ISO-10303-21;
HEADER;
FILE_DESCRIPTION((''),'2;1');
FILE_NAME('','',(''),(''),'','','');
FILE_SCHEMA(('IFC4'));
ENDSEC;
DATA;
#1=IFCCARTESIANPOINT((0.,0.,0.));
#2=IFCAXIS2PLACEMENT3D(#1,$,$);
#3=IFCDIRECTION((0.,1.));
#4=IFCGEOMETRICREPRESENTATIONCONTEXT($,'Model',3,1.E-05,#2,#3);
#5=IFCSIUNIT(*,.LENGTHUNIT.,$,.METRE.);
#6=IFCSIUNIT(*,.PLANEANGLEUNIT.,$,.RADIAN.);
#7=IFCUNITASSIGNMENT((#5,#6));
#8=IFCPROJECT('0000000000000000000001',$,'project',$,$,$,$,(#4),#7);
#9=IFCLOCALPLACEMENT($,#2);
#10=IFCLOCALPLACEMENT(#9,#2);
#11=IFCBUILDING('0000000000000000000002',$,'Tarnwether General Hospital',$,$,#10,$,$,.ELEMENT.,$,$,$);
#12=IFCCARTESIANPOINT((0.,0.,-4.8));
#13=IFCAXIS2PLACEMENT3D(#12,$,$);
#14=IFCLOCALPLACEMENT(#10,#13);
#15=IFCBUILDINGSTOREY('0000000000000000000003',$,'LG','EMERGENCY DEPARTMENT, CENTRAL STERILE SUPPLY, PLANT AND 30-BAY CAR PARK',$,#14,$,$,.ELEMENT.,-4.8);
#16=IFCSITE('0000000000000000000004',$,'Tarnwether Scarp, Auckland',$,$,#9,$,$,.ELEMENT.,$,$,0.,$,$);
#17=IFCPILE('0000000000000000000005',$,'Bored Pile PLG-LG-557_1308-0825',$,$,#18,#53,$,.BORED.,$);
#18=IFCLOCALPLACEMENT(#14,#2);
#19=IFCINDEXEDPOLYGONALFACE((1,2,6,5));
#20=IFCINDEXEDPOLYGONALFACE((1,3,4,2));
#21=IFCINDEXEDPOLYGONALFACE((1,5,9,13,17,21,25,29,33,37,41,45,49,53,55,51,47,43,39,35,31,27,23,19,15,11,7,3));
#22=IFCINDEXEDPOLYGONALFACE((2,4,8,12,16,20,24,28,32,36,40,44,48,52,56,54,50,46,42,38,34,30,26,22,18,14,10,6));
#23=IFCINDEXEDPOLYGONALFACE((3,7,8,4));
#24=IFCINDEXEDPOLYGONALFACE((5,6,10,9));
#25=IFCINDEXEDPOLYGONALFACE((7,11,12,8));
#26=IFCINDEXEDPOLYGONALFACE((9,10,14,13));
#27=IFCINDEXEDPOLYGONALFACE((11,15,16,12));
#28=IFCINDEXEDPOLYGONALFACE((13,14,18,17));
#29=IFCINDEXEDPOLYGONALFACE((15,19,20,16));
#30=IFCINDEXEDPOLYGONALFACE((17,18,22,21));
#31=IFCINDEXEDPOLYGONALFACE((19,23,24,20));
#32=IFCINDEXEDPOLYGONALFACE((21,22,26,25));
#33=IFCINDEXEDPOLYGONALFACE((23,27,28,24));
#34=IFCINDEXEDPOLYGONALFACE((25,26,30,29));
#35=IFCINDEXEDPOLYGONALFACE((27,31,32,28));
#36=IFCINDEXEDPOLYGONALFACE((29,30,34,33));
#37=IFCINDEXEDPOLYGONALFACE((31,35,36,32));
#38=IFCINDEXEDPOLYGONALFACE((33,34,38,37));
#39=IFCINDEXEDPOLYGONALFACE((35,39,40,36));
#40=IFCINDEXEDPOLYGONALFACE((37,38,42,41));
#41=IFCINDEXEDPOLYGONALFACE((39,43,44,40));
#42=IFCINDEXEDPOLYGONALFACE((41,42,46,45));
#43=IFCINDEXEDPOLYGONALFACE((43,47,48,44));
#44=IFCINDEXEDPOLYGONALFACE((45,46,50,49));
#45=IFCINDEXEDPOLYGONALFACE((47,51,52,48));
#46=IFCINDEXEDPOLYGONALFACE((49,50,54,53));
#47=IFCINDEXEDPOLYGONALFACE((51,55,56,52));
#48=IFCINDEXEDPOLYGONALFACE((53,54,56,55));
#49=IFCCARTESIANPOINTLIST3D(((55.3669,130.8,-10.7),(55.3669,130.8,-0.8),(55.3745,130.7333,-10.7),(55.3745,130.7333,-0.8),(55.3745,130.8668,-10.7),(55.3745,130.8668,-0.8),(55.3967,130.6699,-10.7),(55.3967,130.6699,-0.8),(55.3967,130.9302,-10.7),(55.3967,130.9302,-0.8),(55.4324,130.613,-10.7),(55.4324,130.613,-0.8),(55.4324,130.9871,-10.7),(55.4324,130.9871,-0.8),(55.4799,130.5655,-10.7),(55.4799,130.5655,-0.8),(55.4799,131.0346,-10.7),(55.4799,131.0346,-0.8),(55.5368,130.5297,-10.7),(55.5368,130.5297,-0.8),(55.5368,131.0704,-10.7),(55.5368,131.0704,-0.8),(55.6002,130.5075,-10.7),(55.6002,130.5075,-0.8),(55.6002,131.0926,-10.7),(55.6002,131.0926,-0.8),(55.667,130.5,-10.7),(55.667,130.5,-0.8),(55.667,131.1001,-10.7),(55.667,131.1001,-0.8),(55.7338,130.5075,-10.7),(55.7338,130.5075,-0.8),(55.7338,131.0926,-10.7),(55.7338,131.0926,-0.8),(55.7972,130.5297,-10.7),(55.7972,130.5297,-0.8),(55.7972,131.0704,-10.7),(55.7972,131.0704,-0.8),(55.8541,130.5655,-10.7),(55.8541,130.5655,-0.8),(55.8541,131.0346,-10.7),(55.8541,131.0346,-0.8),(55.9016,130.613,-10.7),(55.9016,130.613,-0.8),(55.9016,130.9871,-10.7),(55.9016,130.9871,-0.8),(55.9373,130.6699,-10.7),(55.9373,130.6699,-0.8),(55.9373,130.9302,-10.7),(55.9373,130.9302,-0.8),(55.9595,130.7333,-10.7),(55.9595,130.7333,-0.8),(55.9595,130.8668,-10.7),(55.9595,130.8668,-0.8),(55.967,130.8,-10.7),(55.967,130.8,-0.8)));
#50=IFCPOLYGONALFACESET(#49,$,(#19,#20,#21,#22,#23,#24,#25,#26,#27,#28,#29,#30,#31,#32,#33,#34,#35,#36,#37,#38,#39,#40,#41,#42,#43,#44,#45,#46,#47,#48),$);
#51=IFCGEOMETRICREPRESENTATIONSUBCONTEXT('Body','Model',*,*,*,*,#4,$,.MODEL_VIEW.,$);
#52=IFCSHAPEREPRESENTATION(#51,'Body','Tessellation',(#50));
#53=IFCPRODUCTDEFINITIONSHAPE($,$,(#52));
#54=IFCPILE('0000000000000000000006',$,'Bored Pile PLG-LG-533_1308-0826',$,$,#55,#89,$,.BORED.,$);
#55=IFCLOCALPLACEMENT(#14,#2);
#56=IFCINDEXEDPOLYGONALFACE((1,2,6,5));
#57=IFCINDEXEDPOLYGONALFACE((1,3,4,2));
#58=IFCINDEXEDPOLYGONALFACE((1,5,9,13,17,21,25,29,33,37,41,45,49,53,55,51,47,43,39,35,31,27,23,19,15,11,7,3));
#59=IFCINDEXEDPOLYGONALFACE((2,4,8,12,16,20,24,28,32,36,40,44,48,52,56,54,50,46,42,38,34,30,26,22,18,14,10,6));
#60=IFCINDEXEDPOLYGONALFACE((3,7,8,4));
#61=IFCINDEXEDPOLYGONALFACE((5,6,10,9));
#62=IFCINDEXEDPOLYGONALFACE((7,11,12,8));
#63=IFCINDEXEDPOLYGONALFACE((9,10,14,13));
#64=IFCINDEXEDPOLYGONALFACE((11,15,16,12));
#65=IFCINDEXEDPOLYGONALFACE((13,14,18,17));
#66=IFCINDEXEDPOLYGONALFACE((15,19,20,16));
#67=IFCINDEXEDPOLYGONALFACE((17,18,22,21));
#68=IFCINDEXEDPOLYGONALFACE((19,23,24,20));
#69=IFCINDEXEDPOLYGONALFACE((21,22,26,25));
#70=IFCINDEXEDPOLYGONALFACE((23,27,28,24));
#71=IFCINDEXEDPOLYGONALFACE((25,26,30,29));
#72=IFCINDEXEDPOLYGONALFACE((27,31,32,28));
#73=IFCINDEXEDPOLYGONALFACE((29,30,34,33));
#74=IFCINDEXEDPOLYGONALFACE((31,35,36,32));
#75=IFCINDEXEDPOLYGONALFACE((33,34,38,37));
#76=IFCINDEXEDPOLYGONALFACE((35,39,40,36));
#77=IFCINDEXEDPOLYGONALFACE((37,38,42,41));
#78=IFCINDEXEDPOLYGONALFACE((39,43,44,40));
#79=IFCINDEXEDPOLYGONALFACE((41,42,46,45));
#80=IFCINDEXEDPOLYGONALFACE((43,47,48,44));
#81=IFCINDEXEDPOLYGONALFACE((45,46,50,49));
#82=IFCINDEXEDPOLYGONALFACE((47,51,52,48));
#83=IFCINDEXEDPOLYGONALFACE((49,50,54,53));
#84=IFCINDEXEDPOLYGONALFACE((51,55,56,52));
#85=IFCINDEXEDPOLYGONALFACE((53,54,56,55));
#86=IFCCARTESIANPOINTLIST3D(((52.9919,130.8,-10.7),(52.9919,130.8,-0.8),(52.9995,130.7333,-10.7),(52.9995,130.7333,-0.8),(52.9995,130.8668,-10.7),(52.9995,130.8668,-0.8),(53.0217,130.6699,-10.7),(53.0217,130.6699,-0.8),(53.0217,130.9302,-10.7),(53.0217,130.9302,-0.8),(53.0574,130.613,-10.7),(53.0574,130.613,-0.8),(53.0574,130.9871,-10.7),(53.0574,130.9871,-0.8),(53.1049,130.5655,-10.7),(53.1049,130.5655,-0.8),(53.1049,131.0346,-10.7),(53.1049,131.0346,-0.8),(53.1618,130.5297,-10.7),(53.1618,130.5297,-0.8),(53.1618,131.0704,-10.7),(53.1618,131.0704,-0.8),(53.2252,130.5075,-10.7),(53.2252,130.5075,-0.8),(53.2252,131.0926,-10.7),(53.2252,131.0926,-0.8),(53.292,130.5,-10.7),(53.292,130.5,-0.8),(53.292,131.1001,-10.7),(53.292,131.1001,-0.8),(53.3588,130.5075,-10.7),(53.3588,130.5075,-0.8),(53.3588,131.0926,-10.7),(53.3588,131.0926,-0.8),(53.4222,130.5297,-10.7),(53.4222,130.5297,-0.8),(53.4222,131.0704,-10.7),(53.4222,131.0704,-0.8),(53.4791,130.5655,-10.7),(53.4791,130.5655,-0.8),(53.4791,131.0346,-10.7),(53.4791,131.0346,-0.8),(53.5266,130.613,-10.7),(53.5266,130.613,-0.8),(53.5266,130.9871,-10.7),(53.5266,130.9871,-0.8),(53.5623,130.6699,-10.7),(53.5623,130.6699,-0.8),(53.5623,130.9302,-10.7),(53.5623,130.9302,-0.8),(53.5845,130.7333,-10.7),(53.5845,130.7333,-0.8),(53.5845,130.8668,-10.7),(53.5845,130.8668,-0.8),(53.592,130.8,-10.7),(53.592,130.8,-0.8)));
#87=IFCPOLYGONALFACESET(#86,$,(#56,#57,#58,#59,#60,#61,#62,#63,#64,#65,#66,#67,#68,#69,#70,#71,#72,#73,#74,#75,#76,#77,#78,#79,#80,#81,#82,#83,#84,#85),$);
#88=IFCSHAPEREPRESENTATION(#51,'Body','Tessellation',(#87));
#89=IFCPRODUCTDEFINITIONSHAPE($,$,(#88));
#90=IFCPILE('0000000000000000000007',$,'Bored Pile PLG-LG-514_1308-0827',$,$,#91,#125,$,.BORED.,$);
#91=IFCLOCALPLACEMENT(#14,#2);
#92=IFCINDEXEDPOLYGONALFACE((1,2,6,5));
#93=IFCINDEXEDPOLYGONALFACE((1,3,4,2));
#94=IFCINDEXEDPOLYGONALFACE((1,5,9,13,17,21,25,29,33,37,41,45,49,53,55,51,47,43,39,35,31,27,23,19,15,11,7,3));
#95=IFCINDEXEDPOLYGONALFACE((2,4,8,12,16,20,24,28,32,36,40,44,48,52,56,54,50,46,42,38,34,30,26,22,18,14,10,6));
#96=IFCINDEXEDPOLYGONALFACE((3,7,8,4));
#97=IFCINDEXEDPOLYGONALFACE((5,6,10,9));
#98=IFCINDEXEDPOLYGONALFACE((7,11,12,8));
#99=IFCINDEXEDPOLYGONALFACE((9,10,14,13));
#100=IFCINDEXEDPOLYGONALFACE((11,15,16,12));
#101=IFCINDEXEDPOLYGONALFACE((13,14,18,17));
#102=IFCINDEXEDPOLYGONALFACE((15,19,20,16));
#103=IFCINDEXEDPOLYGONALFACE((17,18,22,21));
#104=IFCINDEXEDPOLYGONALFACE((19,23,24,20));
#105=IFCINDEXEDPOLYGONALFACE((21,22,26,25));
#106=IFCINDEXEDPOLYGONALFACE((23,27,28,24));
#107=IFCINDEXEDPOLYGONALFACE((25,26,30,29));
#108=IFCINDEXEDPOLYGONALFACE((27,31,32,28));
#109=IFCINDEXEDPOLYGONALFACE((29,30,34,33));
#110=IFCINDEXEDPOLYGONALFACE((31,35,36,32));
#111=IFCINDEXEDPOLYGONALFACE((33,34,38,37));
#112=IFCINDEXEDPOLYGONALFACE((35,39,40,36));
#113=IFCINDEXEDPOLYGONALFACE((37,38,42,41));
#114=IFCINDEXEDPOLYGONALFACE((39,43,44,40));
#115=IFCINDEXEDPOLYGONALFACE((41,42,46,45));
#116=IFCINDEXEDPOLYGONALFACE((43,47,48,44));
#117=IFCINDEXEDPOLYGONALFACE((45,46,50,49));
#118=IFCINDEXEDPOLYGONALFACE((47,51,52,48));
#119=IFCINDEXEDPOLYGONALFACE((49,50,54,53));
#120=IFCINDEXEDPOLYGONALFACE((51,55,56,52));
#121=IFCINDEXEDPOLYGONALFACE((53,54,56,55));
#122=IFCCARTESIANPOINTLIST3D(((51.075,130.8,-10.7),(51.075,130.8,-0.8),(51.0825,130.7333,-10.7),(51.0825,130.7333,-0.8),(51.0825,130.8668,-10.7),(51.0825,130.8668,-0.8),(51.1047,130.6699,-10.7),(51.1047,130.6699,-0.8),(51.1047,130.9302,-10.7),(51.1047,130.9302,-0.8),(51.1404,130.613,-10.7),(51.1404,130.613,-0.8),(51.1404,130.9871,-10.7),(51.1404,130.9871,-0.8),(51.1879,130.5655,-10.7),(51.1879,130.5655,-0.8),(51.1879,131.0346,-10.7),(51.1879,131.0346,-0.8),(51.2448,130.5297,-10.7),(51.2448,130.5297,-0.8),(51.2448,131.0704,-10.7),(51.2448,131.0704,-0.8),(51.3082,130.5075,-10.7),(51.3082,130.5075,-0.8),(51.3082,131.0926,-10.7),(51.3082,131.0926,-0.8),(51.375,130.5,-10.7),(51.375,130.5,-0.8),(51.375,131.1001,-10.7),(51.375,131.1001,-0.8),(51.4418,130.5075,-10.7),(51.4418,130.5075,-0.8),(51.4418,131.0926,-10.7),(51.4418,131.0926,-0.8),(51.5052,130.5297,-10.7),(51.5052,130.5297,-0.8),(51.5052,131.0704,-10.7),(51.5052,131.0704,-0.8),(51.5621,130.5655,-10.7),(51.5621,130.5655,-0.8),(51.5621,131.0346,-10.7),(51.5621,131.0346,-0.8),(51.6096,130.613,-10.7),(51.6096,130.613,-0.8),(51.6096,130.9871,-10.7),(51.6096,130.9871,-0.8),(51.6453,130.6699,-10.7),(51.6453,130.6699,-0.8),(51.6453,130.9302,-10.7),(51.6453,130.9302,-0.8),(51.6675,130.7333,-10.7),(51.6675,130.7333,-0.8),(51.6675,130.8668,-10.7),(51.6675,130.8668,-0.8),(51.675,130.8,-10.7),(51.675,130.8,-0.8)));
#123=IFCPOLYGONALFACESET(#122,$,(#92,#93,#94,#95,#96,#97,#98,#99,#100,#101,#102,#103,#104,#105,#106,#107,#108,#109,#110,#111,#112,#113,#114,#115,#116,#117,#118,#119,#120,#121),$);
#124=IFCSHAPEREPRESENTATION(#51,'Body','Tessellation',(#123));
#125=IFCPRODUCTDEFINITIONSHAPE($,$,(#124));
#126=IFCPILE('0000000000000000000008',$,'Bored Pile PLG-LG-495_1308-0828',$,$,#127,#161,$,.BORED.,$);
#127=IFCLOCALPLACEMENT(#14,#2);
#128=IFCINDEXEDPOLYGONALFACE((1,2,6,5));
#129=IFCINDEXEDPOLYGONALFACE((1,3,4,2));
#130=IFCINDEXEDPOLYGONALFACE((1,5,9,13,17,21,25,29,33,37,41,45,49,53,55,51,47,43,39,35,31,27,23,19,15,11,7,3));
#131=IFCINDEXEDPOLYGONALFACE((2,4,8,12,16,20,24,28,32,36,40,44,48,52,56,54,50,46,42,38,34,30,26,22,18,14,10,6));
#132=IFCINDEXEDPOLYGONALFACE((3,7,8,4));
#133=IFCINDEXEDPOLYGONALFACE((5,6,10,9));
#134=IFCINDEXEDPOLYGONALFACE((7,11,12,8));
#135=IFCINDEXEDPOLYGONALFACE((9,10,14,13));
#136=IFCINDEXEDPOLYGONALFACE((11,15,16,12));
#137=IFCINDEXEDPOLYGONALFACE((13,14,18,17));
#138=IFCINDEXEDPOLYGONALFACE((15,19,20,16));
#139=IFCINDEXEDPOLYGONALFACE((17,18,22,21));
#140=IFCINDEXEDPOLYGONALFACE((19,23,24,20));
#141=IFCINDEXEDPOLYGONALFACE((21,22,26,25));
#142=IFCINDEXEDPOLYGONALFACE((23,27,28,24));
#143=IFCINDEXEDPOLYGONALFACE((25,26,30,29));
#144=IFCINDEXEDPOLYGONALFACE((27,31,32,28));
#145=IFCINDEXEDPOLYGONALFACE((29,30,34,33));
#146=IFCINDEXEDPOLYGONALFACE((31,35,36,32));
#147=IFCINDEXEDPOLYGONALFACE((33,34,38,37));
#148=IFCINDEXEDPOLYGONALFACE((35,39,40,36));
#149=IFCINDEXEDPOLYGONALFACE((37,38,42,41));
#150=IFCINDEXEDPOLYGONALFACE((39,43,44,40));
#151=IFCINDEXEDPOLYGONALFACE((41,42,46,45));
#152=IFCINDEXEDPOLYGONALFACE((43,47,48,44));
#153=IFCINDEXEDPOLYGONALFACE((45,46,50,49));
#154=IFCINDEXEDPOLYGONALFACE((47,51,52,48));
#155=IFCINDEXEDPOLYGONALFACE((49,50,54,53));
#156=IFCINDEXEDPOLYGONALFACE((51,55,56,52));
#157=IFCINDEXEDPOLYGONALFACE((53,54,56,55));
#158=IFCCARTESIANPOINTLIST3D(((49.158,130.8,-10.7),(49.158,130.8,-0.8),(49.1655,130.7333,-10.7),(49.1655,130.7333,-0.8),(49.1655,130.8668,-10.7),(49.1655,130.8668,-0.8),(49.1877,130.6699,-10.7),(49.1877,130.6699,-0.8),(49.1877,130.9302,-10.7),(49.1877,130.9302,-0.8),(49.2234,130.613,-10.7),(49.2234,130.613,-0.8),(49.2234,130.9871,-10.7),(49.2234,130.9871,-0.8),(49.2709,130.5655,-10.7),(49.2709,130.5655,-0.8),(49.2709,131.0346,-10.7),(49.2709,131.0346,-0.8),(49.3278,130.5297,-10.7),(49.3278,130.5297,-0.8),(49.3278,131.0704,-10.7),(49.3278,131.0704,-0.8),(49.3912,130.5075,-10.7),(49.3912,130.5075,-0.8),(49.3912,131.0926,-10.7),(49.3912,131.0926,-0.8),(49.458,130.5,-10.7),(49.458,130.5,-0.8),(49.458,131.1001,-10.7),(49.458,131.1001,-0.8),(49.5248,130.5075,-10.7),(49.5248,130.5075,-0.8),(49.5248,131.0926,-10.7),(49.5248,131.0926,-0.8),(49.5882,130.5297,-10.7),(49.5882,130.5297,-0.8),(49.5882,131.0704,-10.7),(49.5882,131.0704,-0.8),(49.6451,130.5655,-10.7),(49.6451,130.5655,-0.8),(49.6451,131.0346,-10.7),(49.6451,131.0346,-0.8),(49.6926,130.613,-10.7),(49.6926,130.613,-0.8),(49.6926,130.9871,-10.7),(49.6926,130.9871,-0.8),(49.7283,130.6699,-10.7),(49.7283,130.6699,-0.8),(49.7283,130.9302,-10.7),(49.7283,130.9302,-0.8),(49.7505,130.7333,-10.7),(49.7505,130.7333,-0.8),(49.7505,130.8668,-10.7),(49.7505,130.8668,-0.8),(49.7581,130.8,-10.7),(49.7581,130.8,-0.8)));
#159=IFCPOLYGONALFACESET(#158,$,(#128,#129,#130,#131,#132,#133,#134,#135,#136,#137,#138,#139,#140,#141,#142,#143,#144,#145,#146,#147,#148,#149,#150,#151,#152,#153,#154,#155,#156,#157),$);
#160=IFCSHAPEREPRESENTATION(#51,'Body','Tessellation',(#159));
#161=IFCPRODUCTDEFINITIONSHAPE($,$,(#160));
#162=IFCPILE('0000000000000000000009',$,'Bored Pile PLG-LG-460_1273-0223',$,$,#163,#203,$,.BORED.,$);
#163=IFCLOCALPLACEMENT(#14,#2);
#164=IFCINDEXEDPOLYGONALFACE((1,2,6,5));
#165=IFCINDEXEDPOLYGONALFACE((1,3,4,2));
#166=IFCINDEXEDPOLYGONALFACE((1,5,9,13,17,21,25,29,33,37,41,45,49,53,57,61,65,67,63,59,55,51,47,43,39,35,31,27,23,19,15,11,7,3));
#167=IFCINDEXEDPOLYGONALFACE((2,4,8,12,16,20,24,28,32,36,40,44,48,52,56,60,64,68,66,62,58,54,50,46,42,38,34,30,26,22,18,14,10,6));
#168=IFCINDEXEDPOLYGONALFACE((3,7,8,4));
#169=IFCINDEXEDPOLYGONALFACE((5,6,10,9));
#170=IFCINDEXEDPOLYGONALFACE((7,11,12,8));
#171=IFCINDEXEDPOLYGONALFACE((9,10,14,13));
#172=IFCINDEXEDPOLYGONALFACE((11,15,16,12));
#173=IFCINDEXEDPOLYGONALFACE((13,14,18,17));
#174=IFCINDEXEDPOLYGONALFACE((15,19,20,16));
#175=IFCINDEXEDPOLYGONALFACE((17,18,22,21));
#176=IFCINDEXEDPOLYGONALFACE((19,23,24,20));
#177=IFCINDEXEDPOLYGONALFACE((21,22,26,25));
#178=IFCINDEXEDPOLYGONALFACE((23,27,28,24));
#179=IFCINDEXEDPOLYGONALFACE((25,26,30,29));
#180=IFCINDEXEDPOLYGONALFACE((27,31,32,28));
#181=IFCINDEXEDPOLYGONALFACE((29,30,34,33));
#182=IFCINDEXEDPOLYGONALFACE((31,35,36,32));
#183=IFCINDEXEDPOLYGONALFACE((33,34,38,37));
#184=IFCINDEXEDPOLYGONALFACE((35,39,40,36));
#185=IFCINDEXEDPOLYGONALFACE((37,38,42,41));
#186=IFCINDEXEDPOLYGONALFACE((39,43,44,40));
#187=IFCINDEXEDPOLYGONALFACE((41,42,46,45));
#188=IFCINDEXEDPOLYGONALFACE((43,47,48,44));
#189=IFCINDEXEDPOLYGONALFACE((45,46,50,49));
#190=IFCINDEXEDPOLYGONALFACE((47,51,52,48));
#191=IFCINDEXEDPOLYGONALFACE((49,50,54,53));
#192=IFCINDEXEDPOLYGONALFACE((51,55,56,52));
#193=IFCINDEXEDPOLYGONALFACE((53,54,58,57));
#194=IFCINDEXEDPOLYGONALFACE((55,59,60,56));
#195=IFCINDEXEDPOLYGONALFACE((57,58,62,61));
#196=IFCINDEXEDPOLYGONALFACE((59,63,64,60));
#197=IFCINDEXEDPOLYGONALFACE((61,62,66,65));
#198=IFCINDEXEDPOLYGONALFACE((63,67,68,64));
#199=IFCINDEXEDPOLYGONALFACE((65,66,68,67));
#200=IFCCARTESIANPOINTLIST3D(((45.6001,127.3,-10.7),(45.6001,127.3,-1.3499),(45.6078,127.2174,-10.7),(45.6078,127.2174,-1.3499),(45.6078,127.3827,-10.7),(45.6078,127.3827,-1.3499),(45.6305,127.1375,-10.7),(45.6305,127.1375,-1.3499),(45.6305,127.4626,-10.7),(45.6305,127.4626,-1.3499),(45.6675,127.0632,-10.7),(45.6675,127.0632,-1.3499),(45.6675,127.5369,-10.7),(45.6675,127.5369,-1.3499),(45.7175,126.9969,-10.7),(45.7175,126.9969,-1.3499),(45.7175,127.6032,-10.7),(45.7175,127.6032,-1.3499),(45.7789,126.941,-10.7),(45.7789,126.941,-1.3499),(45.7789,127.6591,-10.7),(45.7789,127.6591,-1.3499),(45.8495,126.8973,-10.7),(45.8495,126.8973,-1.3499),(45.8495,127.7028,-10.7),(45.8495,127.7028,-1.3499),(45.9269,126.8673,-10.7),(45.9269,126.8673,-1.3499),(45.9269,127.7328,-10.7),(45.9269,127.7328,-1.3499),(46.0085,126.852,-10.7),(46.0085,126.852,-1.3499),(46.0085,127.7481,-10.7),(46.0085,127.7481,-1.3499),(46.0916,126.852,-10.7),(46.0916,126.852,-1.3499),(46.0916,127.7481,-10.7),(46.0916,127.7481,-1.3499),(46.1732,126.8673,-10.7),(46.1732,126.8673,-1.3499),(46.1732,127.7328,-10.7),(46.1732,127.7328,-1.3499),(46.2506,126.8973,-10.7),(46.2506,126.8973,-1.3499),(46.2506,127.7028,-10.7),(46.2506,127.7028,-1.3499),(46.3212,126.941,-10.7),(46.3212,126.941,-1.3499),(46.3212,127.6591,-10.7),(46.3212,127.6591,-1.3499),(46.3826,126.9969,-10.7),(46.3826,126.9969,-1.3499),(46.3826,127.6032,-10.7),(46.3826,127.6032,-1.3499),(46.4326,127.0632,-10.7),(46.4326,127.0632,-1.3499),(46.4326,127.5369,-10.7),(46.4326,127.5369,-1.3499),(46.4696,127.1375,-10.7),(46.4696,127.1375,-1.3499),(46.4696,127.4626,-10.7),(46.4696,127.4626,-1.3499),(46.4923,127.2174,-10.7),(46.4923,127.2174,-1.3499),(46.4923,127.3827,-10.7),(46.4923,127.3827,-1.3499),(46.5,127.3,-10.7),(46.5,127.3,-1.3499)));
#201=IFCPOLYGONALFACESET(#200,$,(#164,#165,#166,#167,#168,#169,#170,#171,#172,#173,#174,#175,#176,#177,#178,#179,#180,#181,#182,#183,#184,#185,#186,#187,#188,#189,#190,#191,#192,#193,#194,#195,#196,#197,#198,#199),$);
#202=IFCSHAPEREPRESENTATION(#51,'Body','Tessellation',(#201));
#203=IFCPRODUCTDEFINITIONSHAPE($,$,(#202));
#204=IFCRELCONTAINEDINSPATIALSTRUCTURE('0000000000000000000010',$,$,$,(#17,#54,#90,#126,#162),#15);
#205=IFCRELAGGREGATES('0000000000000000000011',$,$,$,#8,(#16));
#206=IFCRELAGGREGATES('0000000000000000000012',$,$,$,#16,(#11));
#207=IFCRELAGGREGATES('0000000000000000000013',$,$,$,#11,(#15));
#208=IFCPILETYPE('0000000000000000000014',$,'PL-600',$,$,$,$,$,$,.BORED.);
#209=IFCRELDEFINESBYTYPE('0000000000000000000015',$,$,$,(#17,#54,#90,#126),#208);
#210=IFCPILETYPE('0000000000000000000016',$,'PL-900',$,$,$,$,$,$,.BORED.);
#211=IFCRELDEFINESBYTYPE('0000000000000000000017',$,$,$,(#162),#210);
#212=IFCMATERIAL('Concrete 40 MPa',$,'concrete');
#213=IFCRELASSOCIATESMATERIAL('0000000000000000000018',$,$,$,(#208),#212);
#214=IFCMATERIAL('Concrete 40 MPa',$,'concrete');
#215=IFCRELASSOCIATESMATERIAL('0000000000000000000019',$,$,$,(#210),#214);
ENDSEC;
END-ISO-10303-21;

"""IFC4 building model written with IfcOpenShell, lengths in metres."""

from ifc_helpers import new_model, si_unit, direction, frame, origin, origin_2d, place, context, subcontext, project, spatial, circle, extrude, material, material_profile, profile_set, type_object, element, save


model = new_model("IFC4")

# Units and contexts
model_context = context("Model", 3, precision=1e-05, world=origin(), true_north=direction((0.0, 1.0)))
body_context = subcontext(model_context, "Body", "Model", "MODEL_VIEW")
ifc_project = project(units=[si_unit("LENGTHUNIT", "METRE"), si_unit("PLANEANGLEUNIT", "RADIAN")], contexts=[model_context])

# Site, building, storey
site_placement = place(None, origin())
site = spatial("IfcSite", under=ifc_project, at=site_placement, Name="Tarnwether Scarp, Auckland", CompositionType="ELEMENT", RefElevation=0.0)
building_placement = place(site_placement, origin())
building = spatial("IfcBuilding", under=site, at=building_placement, Name="Tarnwether General Hospital", CompositionType="ELEMENT")
storey_placement = place(building_placement, frame((0.0, 0.0, -4.8)))
storey = spatial("IfcBuildingStorey", under=building, at=storey_placement, Name="LG", Description="EMERGENCY DEPARTMENT, CENTRAL STERILE SUPPLY, PLANT AND 30-BAY CAR PARK", CompositionType="ELEMENT", Elevation=-4.8)

# Piles
ifc_material_1 = material(Name="Concrete 40 MPa", Category="concrete")
ifc_material_profile_1 = material_profile(ifc_material_1, circle(Radius=0.3, at=origin_2d()), Name="PILE-D600")
ifc_profile_set_1 = profile_set([ifc_material_profile_1], Name="Concrete 40 MPa")
pile_type_1 = type_object("IfcPileType", Name="PL-600", PredefinedType="BORED", material=ifc_profile_set_1)
for number, where, z_axis, x_axis, name in (
    (1, (55.667, 130.8, -0.8), (0.0, 0.0, -1.0), (1.0, 0.0, 0.0), "Bored Pile PLG-LG-557_1308-0825"),
    (2, (53.292, 130.8, -0.8), (0.0, 0.0, -1.0), (1.0, 0.0, 0.0), "Bored Pile PLG-LG-533_1308-0826"),
    (3, (51.375, 130.8, -0.8), (0.0, 0.0, -1.0), (1.0, 0.0, 0.0), "Bored Pile PLG-LG-514_1308-0827"),
    (4, (49.458, 130.8, -0.8), (0.0, 0.0, -1.0), (1.0, 0.0, 0.0), "Bored Pile PLG-LG-495_1308-0828"),
):
    element("IfcPile", number, at=place(storey_placement, frame(where, z_axis=z_axis, x_axis=x_axis)), inside=storey, type_object=pile_type_1, Name=name, PredefinedType="BORED", context=body_context, shape_type="SweptSolid", body=[
        extrude(circle(Radius=0.3, at=origin_2d()), origin(), (0.0, 0.0, 1.0), 9.8999),
    ])
ifc_material_2 = material(Name="Concrete 40 MPa", Category="concrete")
ifc_material_profile_2 = material_profile(ifc_material_2, circle(Radius=0.45, at=origin_2d()), Name="PILE-D900")
ifc_profile_set_2 = profile_set([ifc_material_profile_2], Name="Concrete 40 MPa")
pile_type_2 = type_object("IfcPileType", Name="PL-900", PredefinedType="BORED", material=ifc_profile_set_2)
for number, where, z_axis, x_axis, name in (
    (5, (46.05, 127.3, -1.3499), (0.0, 0.0, -1.0), (1.0, 0.0, 0.0), "Bored Pile PLG-LG-460_1273-0223"),
):
    element("IfcPile", number, at=place(storey_placement, frame(where, z_axis=z_axis, x_axis=x_axis)), inside=storey, type_object=pile_type_2, Name=name, PredefinedType="BORED", context=body_context, shape_type="SweptSolid", body=[
        extrude(circle(Radius=0.45, at=origin_2d()), origin(), (0.0, 0.0, 1.0), 9.3501),
    ])

save(model, "model.ifc")
